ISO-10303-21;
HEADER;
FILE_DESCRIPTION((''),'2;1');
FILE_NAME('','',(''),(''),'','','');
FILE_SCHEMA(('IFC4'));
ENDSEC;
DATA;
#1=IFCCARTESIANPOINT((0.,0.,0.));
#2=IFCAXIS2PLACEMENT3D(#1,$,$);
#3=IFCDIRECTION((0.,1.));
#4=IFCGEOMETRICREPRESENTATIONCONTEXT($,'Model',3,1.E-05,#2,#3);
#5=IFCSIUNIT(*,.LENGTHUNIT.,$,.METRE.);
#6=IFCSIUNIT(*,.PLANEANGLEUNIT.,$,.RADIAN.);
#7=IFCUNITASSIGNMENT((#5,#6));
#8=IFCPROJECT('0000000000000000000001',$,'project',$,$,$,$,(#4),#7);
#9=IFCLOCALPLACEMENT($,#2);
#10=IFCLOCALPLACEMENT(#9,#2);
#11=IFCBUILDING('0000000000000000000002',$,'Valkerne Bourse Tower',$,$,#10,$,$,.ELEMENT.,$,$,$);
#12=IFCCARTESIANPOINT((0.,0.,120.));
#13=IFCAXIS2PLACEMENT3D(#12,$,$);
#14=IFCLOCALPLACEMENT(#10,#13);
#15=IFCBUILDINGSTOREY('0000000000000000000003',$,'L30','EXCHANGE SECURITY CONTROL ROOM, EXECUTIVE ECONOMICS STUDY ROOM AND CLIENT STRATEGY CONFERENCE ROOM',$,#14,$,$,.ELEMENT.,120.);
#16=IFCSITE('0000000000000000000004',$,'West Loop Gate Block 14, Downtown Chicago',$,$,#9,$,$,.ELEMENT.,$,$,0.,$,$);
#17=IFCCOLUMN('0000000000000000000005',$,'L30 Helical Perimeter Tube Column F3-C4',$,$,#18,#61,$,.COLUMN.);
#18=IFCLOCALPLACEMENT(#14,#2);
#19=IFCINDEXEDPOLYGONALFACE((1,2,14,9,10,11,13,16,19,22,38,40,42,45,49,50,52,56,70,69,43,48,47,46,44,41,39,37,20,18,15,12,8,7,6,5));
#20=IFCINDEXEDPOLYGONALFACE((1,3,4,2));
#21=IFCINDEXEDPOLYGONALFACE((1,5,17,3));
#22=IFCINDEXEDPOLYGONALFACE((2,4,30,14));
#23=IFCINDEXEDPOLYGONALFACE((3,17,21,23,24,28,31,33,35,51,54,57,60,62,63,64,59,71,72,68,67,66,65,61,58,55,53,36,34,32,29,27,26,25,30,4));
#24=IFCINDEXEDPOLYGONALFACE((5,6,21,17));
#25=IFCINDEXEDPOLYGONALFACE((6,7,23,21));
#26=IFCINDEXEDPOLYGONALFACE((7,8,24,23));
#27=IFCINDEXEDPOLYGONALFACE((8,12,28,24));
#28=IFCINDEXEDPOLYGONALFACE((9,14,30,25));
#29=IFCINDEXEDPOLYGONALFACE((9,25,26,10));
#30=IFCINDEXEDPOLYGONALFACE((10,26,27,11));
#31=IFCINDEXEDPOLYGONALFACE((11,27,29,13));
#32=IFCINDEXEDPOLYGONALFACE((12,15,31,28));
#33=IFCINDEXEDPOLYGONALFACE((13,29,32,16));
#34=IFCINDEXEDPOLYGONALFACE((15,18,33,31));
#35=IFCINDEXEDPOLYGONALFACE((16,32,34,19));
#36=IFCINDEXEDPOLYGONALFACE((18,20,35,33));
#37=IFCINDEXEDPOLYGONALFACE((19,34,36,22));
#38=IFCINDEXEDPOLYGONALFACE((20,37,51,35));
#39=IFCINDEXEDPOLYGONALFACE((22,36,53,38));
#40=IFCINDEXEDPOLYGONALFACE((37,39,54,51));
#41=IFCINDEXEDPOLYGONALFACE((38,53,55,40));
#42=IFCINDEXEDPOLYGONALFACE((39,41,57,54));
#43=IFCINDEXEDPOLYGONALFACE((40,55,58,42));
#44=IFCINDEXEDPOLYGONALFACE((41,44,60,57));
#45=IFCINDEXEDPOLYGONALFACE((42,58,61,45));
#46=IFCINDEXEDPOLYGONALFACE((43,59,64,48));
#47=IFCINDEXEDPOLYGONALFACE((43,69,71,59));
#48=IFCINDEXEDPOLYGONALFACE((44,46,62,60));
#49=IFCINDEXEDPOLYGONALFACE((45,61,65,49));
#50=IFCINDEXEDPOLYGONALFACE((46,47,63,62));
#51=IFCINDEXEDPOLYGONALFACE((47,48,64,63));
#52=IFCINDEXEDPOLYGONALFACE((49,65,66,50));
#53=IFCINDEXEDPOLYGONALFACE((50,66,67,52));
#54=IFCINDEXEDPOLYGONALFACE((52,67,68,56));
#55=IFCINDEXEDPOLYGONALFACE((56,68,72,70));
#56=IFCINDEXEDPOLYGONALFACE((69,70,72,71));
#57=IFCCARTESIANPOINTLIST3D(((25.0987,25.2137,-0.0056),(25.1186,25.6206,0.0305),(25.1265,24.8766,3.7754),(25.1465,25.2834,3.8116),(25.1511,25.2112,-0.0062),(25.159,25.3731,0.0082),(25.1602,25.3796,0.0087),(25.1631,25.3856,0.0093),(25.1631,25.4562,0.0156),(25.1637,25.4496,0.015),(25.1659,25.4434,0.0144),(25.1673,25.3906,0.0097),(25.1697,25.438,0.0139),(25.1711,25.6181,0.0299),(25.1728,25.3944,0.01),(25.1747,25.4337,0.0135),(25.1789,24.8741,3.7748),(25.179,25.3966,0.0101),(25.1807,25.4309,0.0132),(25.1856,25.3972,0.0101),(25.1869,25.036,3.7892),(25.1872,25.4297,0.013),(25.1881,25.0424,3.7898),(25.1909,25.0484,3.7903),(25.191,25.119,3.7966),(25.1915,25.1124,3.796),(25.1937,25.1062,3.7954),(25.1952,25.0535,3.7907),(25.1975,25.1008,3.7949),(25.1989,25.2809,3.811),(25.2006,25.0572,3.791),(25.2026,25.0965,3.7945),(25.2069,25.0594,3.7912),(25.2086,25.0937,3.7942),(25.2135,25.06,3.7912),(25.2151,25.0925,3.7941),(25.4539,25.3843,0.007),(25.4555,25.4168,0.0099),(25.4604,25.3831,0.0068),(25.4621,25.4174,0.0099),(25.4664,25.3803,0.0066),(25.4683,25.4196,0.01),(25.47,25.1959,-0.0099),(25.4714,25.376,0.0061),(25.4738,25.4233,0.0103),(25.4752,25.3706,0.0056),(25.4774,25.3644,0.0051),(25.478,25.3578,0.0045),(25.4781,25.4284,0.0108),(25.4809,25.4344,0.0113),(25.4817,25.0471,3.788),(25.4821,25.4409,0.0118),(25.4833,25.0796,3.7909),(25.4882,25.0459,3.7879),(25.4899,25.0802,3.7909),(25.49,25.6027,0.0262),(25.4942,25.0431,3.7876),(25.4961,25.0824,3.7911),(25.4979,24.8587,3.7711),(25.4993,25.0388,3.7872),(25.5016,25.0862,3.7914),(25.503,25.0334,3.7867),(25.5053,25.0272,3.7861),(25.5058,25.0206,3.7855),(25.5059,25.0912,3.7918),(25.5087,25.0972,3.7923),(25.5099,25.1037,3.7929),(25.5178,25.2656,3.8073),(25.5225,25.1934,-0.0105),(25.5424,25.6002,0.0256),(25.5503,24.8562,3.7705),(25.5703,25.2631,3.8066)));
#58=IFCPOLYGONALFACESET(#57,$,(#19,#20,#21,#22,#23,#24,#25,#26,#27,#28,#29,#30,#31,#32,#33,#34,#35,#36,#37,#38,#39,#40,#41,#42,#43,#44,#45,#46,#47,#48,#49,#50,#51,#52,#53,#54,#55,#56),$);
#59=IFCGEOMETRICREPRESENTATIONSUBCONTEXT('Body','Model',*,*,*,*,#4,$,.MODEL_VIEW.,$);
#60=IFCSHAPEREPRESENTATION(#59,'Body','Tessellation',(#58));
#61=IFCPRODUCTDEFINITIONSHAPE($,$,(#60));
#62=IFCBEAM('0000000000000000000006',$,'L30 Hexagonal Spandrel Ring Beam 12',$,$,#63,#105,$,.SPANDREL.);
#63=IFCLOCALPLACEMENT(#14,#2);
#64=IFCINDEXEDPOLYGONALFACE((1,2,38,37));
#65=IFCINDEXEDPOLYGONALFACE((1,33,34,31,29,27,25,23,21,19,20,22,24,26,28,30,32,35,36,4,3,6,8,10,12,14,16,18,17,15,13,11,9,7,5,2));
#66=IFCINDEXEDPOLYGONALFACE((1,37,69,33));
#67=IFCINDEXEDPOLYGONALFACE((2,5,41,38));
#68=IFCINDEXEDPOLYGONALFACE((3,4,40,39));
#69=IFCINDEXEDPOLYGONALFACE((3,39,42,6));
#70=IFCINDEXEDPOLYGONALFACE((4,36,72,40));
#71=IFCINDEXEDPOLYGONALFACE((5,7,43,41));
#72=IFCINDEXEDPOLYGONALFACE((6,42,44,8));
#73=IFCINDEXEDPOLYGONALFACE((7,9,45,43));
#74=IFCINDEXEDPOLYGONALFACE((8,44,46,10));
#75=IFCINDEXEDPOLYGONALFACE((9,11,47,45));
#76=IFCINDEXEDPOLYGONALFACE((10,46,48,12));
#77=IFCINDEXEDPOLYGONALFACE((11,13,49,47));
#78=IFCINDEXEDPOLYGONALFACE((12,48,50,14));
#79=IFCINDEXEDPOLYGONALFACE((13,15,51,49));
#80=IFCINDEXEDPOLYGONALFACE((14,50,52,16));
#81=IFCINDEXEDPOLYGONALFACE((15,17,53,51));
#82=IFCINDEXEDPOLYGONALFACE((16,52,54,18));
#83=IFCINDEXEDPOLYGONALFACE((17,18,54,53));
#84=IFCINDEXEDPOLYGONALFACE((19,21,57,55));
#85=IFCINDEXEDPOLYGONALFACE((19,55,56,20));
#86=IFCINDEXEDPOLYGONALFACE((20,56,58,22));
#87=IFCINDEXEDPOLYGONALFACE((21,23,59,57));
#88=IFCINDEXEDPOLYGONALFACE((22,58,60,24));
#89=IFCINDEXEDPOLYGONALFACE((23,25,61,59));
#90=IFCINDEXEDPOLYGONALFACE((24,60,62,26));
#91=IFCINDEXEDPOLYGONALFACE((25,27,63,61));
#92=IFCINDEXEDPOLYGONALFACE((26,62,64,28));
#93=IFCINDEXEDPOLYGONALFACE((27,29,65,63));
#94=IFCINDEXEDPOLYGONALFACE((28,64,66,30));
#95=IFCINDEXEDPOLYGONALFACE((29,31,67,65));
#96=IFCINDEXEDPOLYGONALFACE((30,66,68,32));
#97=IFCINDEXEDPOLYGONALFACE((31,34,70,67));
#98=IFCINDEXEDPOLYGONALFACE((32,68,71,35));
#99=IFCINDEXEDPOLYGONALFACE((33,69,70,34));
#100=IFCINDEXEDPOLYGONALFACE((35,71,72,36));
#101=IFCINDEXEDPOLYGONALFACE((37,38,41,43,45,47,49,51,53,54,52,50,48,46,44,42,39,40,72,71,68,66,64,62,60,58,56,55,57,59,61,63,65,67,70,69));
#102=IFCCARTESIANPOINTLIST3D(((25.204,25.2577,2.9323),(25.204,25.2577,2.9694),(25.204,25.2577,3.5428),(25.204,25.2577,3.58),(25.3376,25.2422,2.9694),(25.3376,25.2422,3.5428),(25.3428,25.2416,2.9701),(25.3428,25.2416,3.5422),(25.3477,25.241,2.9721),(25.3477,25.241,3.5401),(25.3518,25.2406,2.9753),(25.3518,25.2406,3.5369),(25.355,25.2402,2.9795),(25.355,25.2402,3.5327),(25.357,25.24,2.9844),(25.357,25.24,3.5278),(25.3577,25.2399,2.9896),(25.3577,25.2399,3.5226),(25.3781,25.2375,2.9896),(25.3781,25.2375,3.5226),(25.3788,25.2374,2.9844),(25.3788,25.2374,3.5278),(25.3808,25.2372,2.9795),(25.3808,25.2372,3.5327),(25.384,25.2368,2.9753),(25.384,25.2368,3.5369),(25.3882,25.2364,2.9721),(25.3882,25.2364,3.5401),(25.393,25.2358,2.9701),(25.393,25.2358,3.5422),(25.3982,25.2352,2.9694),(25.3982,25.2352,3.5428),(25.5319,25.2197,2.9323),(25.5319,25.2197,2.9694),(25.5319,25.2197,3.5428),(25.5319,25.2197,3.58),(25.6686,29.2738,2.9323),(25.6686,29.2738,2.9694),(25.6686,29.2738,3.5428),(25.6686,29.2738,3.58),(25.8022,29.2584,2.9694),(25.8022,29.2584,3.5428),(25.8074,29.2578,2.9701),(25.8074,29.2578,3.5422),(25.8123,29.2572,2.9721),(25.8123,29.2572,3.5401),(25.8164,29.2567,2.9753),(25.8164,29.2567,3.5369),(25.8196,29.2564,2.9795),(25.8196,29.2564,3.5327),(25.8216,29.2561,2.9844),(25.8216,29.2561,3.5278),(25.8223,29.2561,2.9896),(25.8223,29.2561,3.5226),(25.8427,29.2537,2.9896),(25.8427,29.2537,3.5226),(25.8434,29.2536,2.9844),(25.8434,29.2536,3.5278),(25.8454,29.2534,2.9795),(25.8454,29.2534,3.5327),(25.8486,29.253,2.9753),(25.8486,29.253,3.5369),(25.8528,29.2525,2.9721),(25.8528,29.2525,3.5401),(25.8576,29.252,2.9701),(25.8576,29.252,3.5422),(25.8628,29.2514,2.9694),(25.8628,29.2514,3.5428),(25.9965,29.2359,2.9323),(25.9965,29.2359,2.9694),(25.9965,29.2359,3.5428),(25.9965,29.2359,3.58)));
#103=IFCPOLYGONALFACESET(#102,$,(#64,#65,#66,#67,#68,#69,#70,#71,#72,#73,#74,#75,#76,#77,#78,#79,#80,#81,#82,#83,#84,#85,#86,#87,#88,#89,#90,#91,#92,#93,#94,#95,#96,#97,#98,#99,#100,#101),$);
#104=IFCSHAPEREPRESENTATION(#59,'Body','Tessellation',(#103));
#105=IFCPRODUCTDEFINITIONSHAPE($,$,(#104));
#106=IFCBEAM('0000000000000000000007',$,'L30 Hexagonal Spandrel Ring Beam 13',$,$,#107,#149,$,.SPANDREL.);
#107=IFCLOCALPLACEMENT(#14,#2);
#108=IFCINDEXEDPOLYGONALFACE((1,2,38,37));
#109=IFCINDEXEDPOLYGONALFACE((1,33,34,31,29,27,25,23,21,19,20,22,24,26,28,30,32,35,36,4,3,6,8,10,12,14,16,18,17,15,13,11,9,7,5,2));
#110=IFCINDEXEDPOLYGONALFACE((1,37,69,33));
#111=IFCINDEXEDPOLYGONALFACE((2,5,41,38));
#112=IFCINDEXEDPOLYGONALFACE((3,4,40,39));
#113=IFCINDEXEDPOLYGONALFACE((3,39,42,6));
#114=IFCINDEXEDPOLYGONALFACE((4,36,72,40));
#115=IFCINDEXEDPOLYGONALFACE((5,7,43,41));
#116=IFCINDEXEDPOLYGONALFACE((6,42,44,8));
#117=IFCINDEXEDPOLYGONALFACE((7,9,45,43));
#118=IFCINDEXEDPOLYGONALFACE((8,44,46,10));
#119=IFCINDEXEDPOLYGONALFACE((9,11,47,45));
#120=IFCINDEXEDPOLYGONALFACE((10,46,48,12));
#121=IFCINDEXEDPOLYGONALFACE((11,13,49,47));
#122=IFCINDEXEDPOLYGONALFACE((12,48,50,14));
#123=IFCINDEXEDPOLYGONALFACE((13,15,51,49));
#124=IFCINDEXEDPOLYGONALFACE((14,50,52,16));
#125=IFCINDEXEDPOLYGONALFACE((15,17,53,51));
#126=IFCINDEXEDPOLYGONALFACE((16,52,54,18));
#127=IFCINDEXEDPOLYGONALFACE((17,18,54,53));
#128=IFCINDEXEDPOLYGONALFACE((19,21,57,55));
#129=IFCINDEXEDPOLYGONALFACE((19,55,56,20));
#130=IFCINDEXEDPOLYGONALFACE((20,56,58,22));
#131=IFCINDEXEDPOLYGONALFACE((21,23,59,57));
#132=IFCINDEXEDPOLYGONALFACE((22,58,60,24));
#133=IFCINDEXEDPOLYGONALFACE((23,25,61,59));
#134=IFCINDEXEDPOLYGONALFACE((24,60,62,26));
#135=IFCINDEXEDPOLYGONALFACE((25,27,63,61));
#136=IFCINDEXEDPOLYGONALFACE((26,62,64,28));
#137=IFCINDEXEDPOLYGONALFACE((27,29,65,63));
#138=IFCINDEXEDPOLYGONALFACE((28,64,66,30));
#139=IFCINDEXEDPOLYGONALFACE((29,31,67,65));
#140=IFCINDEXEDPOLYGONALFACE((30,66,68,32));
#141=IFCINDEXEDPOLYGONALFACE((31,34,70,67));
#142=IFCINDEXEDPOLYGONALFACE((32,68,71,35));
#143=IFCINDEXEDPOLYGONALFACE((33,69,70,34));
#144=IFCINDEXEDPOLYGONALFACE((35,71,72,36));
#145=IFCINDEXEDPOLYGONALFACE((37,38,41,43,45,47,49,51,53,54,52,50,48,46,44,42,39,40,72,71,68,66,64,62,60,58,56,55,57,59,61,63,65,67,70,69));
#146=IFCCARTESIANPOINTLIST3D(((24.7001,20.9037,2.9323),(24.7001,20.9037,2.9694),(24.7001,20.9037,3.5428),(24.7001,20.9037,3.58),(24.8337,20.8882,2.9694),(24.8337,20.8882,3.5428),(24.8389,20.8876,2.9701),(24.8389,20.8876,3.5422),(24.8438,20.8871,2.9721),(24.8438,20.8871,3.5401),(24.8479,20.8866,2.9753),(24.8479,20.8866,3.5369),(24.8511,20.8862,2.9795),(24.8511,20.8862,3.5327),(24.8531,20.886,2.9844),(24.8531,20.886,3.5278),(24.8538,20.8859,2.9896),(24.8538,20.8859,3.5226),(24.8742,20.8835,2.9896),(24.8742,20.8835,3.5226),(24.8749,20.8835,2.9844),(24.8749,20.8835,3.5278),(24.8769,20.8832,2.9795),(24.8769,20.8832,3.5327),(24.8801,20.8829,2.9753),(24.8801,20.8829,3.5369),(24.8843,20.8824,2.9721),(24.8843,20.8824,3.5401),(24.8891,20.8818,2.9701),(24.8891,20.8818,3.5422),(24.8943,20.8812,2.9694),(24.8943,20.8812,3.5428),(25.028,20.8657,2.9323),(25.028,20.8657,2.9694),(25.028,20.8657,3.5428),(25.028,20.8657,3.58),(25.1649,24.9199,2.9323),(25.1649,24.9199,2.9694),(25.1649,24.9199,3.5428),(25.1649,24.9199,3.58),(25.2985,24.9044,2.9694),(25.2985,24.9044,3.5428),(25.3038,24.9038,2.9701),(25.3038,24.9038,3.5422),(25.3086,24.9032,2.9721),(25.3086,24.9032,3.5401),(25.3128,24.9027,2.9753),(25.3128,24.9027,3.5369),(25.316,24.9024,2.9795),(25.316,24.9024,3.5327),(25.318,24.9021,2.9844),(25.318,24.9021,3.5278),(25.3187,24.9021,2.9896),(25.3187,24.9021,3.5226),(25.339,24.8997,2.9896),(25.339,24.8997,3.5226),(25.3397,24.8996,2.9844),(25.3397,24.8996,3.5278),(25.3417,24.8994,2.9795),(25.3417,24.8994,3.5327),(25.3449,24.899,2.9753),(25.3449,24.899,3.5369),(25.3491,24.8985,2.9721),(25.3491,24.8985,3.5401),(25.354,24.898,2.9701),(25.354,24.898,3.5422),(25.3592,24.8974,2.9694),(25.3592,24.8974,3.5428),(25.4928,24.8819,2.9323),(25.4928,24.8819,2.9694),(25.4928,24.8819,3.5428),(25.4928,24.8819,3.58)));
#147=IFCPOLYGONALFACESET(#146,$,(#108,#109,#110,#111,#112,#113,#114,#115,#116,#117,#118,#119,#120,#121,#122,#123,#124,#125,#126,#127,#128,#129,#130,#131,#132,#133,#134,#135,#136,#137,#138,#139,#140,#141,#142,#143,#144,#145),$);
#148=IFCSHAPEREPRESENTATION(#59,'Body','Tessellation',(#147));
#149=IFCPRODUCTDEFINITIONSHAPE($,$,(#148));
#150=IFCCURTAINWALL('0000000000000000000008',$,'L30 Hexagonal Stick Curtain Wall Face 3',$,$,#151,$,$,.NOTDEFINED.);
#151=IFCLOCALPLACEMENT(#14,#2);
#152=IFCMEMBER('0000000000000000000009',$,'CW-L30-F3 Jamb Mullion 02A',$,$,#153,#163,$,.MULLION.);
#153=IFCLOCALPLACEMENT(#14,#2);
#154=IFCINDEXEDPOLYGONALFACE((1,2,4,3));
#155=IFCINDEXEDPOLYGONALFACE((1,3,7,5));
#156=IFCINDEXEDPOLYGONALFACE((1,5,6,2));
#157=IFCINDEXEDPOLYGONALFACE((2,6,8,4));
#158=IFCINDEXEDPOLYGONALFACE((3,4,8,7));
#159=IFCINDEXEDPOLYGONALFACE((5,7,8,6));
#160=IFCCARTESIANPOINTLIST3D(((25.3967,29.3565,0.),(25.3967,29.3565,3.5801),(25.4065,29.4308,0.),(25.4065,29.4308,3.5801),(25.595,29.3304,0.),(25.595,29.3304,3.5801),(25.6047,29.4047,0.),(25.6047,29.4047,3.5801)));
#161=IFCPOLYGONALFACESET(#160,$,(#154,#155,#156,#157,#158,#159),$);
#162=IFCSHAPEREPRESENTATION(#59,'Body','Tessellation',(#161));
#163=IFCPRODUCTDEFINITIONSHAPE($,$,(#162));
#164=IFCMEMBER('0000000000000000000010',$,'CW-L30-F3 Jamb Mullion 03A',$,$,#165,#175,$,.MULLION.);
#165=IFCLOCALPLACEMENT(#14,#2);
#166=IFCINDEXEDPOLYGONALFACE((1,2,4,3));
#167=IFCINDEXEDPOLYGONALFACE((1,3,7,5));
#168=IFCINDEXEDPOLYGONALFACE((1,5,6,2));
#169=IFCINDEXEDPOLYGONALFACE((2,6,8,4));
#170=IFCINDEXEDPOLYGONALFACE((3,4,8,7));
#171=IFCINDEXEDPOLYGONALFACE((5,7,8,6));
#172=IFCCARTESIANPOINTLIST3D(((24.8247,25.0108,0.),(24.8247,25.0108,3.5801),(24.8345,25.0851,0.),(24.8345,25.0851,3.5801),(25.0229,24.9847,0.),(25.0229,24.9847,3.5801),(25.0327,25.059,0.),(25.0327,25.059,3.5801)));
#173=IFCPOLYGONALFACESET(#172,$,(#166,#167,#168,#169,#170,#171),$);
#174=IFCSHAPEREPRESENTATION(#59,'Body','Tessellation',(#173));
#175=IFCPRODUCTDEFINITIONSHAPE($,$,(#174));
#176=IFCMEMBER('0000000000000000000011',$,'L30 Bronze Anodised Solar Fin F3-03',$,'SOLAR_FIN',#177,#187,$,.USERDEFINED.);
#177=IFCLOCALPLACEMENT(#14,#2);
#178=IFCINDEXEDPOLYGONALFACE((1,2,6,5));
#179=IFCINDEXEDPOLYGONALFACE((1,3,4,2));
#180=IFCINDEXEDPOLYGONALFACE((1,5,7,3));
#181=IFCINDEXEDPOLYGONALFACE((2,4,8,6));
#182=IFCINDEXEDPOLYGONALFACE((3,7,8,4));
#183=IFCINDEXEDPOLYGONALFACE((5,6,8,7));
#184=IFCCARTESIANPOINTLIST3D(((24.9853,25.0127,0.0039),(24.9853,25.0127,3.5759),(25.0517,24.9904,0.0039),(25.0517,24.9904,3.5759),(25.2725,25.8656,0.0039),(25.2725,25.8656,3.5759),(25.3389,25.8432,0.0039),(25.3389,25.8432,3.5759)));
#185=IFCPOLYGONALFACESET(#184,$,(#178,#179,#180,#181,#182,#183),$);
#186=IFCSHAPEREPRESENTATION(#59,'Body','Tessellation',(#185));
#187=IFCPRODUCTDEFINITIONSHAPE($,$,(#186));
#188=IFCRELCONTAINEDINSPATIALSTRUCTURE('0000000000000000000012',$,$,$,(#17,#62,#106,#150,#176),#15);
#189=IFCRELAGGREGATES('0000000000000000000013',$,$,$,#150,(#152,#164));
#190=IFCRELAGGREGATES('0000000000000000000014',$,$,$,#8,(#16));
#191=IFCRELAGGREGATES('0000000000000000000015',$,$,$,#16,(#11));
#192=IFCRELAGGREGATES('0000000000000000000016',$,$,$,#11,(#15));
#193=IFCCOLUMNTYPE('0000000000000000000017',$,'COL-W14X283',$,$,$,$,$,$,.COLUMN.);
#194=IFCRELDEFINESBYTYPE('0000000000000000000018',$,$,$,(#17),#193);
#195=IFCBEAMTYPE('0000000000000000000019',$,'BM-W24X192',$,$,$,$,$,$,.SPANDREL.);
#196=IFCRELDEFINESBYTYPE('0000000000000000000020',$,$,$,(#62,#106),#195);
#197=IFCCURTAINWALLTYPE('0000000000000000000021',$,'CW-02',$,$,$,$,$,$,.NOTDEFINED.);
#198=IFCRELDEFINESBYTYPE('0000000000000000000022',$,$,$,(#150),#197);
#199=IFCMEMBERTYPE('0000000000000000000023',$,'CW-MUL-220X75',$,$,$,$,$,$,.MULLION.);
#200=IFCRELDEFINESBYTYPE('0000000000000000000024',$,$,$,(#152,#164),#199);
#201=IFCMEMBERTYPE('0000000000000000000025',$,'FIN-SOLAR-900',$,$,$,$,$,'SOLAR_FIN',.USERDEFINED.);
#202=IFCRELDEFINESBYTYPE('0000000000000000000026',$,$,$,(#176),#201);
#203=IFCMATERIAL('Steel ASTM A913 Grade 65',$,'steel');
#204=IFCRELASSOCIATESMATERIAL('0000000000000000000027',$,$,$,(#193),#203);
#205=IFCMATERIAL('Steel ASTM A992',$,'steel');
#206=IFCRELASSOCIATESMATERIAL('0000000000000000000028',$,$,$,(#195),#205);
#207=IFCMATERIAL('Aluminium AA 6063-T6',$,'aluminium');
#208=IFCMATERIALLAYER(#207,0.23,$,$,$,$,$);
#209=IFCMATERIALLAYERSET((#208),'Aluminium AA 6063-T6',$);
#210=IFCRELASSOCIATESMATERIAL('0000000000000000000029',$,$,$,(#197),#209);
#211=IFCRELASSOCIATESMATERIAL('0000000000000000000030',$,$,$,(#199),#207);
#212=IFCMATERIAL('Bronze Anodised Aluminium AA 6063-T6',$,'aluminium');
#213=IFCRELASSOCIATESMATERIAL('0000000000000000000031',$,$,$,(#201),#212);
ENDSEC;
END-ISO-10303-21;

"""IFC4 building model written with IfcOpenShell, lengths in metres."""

from ifc_helpers import new_model, si_unit, direction, frame, origin, origin_2d, place, context, subcontext, project, spatial, rectangle, i_section, extrude, material, layer, layer_set, material_profile, profile_set, type_object, element, aggregate, save


model = new_model("IFC4")

# Units and contexts
model_context = context("Model", 3, precision=1e-05, world=origin(), true_north=direction((0.0, 1.0)))
body_context = subcontext(model_context, "Body", "Model", "MODEL_VIEW")
ifc_project = project(units=[si_unit("LENGTHUNIT", "METRE"), si_unit("PLANEANGLEUNIT", "RADIAN")], contexts=[model_context])

# Site, building, storey
site_placement = place(None, origin())
site = spatial("IfcSite", under=ifc_project, at=site_placement, Name="West Loop Gate Block 14, Downtown Chicago", CompositionType="ELEMENT", RefElevation=0.0)
building_placement = place(site_placement, origin())
building = spatial("IfcBuilding", under=site, at=building_placement, Name="Valkerne Bourse Tower", CompositionType="ELEMENT")
storey_placement = place(building_placement, frame((0.0, 0.0, 120.0)))
storey = spatial("IfcBuildingStorey", under=building, at=storey_placement, Name="L30", Description="EXCHANGE SECURITY CONTROL ROOM, EXECUTIVE ECONOMICS STUDY ROOM AND CLIENT STRATEGY CONFERENCE ROOM", CompositionType="ELEMENT", Elevation=120.0)

# Column
ifc_material_1 = material(Name="Steel ASTM A913 Grade 65", Category="steel")
ifc_material_profile_1 = material_profile(ifc_material_1, i_section(OverallWidth=0.4089, OverallDepth=0.4243, WebThickness=0.0327, FlangeThickness=0.0525, FilletRadius=0.0254, at=origin_2d()), Name="W14X283")
ifc_profile_set_1 = profile_set([ifc_material_profile_1], Name="Steel ASTM A913 Grade 65")
column_type = type_object("IfcColumnType", Name="COL-W14X283", PredefinedType="COLUMN", material=ifc_profile_set_1)
column_placement = place(storey_placement, frame((25.3206, 25.407, 0.01), z_axis=(0.007332, -0.088817, 0.996021), x_axis=(-0.048843, -0.994891, -0.088356)))
element("IfcColumn", 1, at=column_placement, inside=storey, type_object=column_type, Name="L30 Helical Perimeter Tube Column F3-C4", PredefinedType="COLUMN", context=body_context, shape_type="SweptSolid", body=[
    extrude(i_section(OverallWidth=0.4089, OverallDepth=0.4243, WebThickness=0.0327, FlangeThickness=0.0525, FilletRadius=0.0254, at=origin_2d()), origin(), (0.0, 0.0, 1.0), 3.7961),
])

# Beams
ifc_material_2 = material(Name="Steel ASTM A992", Category="steel")
ifc_material_profile_2 = material_profile(ifc_material_2, i_section(OverallWidth=0.3301, OverallDepth=0.6477, WebThickness=0.0205, FlangeThickness=0.0371, FilletRadius=0.0203, at=origin_2d()), Name="W24X192")
ifc_profile_set_2 = profile_set([ifc_material_profile_2], Name="Steel ASTM A992")
beam_type = type_object("IfcBeamType", Name="BM-W24X192", PredefinedType="SPANDREL", material=ifc_profile_set_2)
for number, where, z_axis, x_axis, name in (
    (2, (25.8325, 29.2549, 3.2561), (-0.114917, -0.993375, 0.0), (0.993375, -0.114917, 0.0), "L30 Hexagonal Spandrel Ring Beam 12"),
    (3, (25.3289, 24.9009, 3.2561), (-0.114977, -0.993368, 0.0), (0.993368, -0.114977, 0.0), "L30 Hexagonal Spandrel Ring Beam 13"),
):
    element("IfcBeam", number, at=place(storey_placement, frame(where, z_axis=z_axis, x_axis=x_axis)), inside=storey, type_object=beam_type, Name=name, PredefinedType="SPANDREL", context=body_context, shape_type="SweptSolid", body=[
        extrude(i_section(OverallWidth=0.3301, OverallDepth=0.6477, WebThickness=0.0205, FlangeThickness=0.0371, FilletRadius=0.0203, at=origin_2d()), origin(), (0.0, 0.0, 1.0), 4.043),
    ])

# Curtain wall, members
ifc_material_3 = material(Name="Aluminium AA 6063-T6", Category="aluminium")
ifc_layer_1 = layer(ifc_material_3, 0.23)
ifc_layer_set_1 = layer_set([ifc_layer_1], Name="Aluminium AA 6063-T6")
curtain_wall_type = type_object("IfcCurtainWallType", Name="CW-02", PredefinedType="NOTDEFINED", material=ifc_layer_set_1)
curtain_wall_placement = place(storey_placement, origin())
curtain_wall = element("IfcCurtainWall", 4, at=curtain_wall_placement, inside=storey, type_object=curtain_wall_type, Name="L30 Hexagonal Stick Curtain Wall Face 3", PredefinedType="NOTDEFINED")
ifc_material_profile_3 = material_profile(ifc_material_3, rectangle(XDim=0.075, YDim=0.2, at=origin_2d()), Name="CWM-75X200")
ifc_profile_set_3 = profile_set([ifc_material_profile_3], Name="Aluminium AA 6063-T6")
member_type_1 = type_object("IfcMemberType", Name="CW-MUL-220X75", PredefinedType="MULLION", material=ifc_profile_set_3)
member_1_placement = place(storey_placement, frame((25.5007, 29.3806, 0.0), z_axis=(0.0, 0.0, 1.0), x_axis=(-0.130527, -0.991445, 0.0)))
member_1 = element("IfcMember", 5, at=member_1_placement, type_object=member_type_1, Name="CW-L30-F3 Jamb Mullion 02A", PredefinedType="MULLION", context=body_context, shape_type="SweptSolid", body=[
    extrude(rectangle(XDim=0.075, YDim=0.2, at=origin_2d()), origin(), (0.0, 0.0, 1.0), 3.5801),
])
member_2_placement = place(storey_placement, frame((24.9287, 25.0349, 0.0), z_axis=(0.0, 0.0, 1.0), x_axis=(-0.130527, -0.991445, 0.0)))
member_2 = element("IfcMember", 6, at=member_2_placement, type_object=member_type_1, Name="CW-L30-F3 Jamb Mullion 03A", PredefinedType="MULLION", context=body_context, shape_type="SweptSolid", body=[
    extrude(rectangle(XDim=0.075, YDim=0.2, at=origin_2d()), origin(), (0.0, 0.0, 1.0), 3.5801),
])

# Member
ifc_material_4 = material(Name="Bronze Anodised Aluminium AA 6063-T6", Category="aluminium")
ifc_material_profile_4 = material_profile(ifc_material_4, rectangle(XDim=0.0701, YDim=0.8999, at=origin_2d()), Name="FIN-70X900")
ifc_profile_set_4 = profile_set([ifc_material_profile_4], Name="Bronze Anodised Aluminium AA 6063-T6")
member_type_2 = type_object("IfcMemberType", Name="FIN-SOLAR-900", ElementType="SOLAR_FIN", PredefinedType="USERDEFINED", material=ifc_profile_set_4)
member_3_placement = place(storey_placement, frame((25.1621, 25.428, 0.0039), z_axis=(0.0, 0.0, 1.0), x_axis=(-0.947729, 0.319075, 0.0)))
element("IfcMember", 7, at=member_3_placement, inside=storey, type_object=member_type_2, Name="L30 Bronze Anodised Solar Fin F3-03", ObjectType="SOLAR_FIN", PredefinedType="USERDEFINED", context=body_context, shape_type="SweptSolid", body=[
    extrude(rectangle(XDim=0.0701, YDim=0.8999, at=origin_2d()), origin(), (0.0, 0.0, 1.0), 3.572),
])

aggregate(curtain_wall, [member_1, member_2])

save(model, "model.ifc")
